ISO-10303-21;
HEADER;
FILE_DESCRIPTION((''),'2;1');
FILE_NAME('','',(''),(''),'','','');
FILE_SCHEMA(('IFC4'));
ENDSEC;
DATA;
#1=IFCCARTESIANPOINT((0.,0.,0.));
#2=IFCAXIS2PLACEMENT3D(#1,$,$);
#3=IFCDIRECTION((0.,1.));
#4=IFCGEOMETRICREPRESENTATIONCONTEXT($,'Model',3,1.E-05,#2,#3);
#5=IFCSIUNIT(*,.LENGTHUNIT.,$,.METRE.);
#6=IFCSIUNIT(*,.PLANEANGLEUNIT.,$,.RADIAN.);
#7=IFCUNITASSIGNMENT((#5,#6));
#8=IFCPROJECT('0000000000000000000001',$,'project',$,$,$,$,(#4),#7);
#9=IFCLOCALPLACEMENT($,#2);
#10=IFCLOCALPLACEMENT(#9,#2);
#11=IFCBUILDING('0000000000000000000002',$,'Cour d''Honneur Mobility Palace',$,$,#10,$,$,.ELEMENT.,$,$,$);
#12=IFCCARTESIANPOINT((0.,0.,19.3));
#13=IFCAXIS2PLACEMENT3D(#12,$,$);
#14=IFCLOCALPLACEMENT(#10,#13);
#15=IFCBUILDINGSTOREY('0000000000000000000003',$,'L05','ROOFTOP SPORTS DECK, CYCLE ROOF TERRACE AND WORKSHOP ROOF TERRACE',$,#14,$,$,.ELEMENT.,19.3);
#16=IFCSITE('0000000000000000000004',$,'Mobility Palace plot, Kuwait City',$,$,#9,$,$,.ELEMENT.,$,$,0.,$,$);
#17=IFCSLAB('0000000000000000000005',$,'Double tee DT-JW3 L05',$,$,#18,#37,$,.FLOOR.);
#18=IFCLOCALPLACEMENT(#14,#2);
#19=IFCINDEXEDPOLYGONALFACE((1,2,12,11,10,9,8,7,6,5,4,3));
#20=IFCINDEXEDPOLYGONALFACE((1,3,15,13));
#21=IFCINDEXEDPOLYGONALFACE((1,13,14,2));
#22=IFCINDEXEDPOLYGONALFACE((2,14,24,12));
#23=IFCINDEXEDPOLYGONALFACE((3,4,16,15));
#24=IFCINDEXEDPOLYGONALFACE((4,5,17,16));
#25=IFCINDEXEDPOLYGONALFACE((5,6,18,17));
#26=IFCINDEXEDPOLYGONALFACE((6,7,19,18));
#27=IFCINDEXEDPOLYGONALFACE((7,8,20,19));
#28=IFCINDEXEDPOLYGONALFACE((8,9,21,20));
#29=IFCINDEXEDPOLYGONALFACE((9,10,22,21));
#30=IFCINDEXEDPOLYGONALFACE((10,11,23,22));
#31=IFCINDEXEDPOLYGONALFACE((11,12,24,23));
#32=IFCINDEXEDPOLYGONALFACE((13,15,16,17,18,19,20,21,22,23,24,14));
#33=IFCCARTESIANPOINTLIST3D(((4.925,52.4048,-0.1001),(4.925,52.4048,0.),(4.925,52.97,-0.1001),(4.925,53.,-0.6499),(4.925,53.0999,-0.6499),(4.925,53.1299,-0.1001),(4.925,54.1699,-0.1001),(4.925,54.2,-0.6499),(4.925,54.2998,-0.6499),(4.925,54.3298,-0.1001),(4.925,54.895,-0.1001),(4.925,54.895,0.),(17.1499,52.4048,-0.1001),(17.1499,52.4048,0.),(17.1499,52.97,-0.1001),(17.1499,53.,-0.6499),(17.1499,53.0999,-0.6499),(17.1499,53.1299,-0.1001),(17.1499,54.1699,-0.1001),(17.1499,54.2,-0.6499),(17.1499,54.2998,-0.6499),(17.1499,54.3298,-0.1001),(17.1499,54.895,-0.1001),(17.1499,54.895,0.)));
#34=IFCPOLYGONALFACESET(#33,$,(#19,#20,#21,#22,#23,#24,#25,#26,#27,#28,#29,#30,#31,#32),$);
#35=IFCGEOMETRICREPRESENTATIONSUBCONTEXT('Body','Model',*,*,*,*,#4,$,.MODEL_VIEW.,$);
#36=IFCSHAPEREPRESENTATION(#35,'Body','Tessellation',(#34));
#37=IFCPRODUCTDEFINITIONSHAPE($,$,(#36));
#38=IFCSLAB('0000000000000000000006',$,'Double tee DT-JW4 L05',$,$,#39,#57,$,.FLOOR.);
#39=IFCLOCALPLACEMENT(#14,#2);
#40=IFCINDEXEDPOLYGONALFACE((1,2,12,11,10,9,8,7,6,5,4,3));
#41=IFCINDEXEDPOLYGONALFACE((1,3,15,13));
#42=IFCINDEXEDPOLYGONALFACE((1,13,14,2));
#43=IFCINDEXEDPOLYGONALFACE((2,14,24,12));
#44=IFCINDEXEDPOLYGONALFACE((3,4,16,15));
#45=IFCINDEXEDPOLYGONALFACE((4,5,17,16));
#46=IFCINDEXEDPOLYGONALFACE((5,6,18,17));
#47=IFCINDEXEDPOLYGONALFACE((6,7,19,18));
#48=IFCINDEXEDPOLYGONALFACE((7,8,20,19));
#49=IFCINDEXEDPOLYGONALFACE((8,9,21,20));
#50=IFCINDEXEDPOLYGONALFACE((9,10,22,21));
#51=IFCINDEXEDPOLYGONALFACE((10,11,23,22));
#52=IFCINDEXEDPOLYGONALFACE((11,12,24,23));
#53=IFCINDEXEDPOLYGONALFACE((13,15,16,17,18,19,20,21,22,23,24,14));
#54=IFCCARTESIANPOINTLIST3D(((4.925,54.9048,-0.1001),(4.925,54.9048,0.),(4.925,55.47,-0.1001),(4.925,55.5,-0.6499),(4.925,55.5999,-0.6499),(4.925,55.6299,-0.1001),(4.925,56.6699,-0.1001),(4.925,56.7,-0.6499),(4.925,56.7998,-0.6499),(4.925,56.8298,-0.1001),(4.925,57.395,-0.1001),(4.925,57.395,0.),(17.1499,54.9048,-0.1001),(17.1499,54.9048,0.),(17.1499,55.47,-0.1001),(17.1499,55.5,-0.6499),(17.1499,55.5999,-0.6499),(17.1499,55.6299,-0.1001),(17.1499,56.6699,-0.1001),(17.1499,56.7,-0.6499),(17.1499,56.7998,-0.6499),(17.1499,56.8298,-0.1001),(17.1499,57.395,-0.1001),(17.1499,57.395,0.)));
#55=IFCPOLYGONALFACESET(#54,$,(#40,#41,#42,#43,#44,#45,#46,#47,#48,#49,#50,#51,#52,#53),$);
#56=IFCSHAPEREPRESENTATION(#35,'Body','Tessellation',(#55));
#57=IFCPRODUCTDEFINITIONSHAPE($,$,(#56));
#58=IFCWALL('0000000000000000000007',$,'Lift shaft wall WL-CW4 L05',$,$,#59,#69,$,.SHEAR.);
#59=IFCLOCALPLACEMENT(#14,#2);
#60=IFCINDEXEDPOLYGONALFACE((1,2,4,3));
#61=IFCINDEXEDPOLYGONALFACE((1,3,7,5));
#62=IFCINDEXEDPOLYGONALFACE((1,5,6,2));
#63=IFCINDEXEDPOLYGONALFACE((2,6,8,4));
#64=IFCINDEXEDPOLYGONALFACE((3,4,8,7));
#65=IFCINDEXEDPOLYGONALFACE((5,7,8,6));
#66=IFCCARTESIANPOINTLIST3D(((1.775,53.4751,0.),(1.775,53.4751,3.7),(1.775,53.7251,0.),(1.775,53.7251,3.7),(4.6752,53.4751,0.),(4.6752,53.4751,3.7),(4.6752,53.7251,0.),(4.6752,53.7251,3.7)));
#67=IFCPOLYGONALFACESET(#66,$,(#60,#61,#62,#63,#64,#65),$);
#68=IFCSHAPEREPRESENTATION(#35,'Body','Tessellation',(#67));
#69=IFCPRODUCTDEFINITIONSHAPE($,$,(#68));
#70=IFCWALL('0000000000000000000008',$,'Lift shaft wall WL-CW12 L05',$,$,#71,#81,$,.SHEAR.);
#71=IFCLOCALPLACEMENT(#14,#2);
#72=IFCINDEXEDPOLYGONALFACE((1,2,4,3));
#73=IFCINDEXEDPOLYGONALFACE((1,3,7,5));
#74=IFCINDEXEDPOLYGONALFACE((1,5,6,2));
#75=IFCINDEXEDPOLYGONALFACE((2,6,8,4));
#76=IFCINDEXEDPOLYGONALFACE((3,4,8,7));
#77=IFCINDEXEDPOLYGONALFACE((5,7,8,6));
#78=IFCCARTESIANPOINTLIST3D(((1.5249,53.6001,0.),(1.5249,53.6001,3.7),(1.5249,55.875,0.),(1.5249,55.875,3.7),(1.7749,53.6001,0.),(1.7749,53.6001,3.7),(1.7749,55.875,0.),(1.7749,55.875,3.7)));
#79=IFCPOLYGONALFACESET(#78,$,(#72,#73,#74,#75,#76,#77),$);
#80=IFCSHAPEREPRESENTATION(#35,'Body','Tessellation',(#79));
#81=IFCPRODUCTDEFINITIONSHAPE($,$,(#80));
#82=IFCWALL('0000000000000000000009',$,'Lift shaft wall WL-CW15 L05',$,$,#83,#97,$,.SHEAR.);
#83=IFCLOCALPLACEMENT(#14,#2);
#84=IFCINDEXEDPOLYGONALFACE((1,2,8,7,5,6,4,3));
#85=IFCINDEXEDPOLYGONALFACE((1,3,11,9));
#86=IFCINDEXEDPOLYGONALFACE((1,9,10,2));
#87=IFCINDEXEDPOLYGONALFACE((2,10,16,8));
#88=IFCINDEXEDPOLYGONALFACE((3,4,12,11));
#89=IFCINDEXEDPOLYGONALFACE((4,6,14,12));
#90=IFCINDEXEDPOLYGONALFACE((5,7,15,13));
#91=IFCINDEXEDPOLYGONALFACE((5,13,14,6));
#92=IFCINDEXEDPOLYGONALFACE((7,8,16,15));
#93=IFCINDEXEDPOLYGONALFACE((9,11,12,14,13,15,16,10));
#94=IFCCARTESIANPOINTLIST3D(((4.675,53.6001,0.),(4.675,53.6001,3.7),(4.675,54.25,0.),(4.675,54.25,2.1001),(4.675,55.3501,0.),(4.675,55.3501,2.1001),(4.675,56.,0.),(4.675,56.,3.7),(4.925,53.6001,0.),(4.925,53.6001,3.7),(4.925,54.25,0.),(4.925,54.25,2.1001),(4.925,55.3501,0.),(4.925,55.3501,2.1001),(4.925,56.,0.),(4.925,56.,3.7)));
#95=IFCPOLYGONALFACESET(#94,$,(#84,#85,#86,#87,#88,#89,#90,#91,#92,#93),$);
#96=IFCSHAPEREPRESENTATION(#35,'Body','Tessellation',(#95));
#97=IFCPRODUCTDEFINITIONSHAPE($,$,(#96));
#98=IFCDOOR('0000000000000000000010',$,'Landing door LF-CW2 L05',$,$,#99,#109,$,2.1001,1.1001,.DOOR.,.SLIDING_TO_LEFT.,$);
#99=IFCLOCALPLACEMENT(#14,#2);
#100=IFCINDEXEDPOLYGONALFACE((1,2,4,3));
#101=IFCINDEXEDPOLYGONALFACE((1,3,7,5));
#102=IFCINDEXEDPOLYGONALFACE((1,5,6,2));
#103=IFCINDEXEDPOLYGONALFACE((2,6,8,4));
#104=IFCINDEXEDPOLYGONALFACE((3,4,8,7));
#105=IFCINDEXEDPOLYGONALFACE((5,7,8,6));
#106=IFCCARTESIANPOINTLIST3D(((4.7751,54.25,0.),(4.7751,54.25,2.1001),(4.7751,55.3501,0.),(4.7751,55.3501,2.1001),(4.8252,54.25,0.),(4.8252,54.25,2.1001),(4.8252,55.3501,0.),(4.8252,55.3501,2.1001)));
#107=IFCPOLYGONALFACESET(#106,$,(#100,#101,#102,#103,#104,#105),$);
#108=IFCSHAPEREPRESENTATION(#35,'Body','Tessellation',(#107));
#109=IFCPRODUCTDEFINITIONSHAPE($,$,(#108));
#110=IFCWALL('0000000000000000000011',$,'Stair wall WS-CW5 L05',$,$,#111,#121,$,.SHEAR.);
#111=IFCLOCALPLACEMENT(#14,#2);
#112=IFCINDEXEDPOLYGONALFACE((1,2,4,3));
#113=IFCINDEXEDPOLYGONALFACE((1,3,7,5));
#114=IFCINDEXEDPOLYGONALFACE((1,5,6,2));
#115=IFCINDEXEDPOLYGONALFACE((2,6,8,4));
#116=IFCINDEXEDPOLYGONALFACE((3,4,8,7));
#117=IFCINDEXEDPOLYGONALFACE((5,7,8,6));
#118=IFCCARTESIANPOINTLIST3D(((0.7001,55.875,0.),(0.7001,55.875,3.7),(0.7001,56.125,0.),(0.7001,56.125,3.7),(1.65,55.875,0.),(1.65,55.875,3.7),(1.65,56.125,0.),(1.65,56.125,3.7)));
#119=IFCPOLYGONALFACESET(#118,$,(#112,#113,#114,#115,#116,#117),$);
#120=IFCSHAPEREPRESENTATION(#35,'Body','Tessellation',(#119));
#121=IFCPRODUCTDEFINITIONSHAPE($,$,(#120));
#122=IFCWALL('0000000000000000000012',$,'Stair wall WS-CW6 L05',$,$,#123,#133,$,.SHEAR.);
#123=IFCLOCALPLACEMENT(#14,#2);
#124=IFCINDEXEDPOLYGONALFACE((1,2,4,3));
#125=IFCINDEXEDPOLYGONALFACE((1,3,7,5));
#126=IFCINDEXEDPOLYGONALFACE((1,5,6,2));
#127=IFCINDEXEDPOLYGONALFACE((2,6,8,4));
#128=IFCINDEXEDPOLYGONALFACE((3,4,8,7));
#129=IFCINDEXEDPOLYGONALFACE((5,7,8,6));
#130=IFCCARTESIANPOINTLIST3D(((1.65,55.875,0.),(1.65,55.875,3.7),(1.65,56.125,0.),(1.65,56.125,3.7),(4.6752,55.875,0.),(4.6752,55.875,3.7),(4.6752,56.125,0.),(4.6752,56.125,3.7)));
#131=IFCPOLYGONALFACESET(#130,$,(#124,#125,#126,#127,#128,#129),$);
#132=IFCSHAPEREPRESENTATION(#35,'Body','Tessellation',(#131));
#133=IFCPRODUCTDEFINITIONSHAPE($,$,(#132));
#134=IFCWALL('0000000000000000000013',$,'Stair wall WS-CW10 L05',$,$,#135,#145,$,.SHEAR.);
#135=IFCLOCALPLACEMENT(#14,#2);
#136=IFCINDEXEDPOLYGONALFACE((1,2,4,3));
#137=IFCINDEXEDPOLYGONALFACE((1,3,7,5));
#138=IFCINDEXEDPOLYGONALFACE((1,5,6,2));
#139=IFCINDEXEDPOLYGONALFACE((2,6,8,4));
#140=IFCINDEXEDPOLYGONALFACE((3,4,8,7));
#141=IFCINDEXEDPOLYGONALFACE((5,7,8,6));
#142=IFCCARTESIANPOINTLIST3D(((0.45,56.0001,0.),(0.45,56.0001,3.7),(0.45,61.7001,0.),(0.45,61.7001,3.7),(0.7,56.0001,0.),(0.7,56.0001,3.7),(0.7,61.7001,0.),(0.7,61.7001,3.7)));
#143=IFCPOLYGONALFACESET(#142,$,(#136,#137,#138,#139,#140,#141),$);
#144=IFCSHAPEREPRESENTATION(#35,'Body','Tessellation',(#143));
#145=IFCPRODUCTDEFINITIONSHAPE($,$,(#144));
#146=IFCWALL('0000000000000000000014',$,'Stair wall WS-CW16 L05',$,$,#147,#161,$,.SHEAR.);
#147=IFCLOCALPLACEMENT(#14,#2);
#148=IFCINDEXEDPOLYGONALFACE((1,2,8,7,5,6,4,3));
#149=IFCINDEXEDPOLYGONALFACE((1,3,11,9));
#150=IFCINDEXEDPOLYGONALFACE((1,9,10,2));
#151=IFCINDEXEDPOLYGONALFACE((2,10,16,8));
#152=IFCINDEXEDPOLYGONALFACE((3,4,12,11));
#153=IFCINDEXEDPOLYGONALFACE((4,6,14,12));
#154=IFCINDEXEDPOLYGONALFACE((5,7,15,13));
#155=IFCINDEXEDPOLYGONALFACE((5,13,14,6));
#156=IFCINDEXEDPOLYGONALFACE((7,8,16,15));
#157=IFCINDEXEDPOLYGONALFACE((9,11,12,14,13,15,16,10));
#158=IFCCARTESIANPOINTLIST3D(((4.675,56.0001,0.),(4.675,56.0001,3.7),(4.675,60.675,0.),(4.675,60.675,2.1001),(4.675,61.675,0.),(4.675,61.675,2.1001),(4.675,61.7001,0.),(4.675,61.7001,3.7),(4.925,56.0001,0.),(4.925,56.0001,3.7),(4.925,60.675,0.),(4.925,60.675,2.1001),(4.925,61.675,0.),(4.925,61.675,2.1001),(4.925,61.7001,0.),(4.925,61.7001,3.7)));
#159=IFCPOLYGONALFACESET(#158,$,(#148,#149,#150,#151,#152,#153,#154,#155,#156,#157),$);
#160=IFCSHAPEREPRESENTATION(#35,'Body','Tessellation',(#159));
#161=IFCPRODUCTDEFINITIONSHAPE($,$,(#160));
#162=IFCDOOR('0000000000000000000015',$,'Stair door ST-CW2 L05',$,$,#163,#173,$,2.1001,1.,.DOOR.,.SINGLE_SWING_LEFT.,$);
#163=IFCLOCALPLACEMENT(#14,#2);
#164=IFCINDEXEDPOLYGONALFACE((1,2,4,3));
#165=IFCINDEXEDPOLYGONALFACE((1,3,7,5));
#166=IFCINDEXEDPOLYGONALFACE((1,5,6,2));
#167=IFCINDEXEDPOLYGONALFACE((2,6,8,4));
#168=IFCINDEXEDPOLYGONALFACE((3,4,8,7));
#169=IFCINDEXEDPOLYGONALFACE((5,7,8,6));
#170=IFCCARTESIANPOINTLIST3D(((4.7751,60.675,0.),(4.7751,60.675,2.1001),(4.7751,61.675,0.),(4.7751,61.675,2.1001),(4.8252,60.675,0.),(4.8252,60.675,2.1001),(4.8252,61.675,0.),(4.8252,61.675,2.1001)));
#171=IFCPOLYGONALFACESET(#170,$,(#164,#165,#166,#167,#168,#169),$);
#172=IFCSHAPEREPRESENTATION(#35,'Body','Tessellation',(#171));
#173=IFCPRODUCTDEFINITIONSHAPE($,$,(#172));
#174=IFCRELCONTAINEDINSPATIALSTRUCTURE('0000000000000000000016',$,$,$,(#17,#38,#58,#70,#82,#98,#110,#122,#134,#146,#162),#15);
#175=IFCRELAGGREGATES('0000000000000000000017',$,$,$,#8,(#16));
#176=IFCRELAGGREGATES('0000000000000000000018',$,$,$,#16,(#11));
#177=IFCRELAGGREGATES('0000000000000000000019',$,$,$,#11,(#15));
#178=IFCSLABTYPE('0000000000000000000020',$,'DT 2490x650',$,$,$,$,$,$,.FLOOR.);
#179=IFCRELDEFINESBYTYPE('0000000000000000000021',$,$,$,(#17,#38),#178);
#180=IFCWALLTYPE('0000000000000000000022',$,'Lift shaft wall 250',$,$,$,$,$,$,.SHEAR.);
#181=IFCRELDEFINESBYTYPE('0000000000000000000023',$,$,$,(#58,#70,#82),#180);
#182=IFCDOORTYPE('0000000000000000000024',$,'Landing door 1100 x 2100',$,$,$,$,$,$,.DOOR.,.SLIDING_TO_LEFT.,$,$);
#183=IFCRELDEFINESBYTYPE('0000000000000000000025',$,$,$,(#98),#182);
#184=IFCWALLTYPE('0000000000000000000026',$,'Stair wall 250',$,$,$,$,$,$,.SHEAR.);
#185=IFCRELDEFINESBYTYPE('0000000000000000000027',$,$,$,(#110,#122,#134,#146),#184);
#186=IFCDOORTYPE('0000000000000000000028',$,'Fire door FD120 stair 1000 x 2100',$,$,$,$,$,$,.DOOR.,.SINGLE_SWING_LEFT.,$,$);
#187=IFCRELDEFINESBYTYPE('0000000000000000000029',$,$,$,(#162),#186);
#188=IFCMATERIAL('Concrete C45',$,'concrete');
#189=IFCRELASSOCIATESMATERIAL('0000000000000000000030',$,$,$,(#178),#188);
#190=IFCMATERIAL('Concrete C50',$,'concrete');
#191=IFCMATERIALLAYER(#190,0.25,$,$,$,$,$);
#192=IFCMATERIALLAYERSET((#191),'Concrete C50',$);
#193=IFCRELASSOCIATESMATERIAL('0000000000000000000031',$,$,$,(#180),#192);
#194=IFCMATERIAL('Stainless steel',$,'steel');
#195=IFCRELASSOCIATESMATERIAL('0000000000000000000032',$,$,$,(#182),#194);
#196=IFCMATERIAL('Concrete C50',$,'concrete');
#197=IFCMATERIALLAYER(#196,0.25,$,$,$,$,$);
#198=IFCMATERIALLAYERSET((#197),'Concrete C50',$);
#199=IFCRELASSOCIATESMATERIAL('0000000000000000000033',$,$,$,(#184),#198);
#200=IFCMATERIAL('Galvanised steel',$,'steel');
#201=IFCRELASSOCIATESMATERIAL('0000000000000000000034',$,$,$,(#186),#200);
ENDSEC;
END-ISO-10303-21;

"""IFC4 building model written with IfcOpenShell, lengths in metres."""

from ifc_helpers import new_model, si_unit, direction, frame, frame_2d, origin, place, context, subcontext, project, spatial, polyline, rectangle, outline, extrude, material, layer, layer_set, material_profile, profile_set, type_object, element, fill, save


model = new_model("IFC4")

# Units and contexts
model_context = context("Model", 3, precision=1e-05, world=origin(), true_north=direction((0.0, 1.0)))
body_context = subcontext(model_context, "Body", "Model", "MODEL_VIEW")
ifc_project = project(units=[si_unit("LENGTHUNIT", "METRE"), si_unit("PLANEANGLEUNIT", "RADIAN")], contexts=[model_context])

# Site, building, storey
site_placement = place(None, origin())
site = spatial("IfcSite", under=ifc_project, at=site_placement, Name="Mobility Palace plot, Kuwait City", CompositionType="ELEMENT", RefElevation=0.0)
building_placement = place(site_placement, origin())
building = spatial("IfcBuilding", under=site, at=building_placement, Name="Cour d'Honneur Mobility Palace", CompositionType="ELEMENT")
storey_placement = place(building_placement, frame((0.0, 0.0, 19.3)))
storey = spatial("IfcBuildingStorey", under=building, at=storey_placement, Name="L05", Description="ROOFTOP SPORTS DECK, CYCLE ROOF TERRACE AND WORKSHOP ROOF TERRACE", CompositionType="ELEMENT", Elevation=19.3)

# Slabs
ifc_material_1 = material(Name="Concrete C45", Category="concrete")
ifc_material_profile_1 = material_profile(ifc_material_1, outline(polyline([(-1.2451, 0.0), (1.2451, 0.0), (1.2451, -0.1001), (0.6799, -0.1001), (0.6499, -0.6499), (0.55, -0.6499), (0.52, -0.1001), (-0.52, -0.1001), (-0.55, -0.6499), (-0.6499, -0.6499), (-0.6799, -0.1001), (-1.2451, -0.1001), (-1.2451, 0.0)])), Name="DT 2490x650")
ifc_profile_set_1 = profile_set([ifc_material_profile_1], Name="Concrete C45")
slab_type = type_object("IfcSlabType", Name="DT 2490x650", PredefinedType="FLOOR", material=ifc_profile_set_1)
for number, where, z_axis, x_axis, name in (
    (1, (4.925, 53.6499, 0.0), (1.0, 0.0, 0.0), (0.0, 1.0, 0.0), "Double tee DT-JW3 L05"),
    (2, (4.925, 56.1499, 0.0), (1.0, 0.0, 0.0), (0.0, 1.0, 0.0), "Double tee DT-JW4 L05"),
):
    element("IfcSlab", number, at=place(storey_placement, frame(where, z_axis=z_axis, x_axis=x_axis)), inside=storey, type_object=slab_type, Name=name, PredefinedType="FLOOR", context=body_context, shape_type="SweptSolid", body=[
        extrude(outline(polyline([(-1.2451, 0.0), (1.2451, 0.0), (1.2451, -0.1001), (0.6799, -0.1001), (0.6499, -0.6499), (0.55, -0.6499), (0.52, -0.1001), (-0.52, -0.1001), (-0.55, -0.6499), (-0.6499, -0.6499), (-0.6799, -0.1001), (-1.2451, -0.1001), (-1.2451, 0.0)])), origin(), (0.0, 0.0, 1.0), 12.2249),
    ])

# Walls
ifc_material_2 = material(Name="Concrete C50", Category="concrete")
ifc_layer_1 = layer(ifc_material_2, 0.25)
ifc_layer_set_1 = layer_set([ifc_layer_1], Name="Concrete C50")
wall_type_1 = type_object("IfcWallType", Name="Lift shaft wall 250", PredefinedType="SHEAR", material=ifc_layer_set_1)
wall_1_placement = place(storey_placement, frame((1.7749, 53.6001, 0.0), z_axis=(0.0, 0.0, 1.0), x_axis=(1.0, 0.0, 0.0)))
element("IfcWall", 3, at=wall_1_placement, inside=storey, type_object=wall_type_1, Name="Lift shaft wall WL-CW4 L05", PredefinedType="SHEAR", context=body_context, shape_type="SweptSolid", body=[
    extrude(rectangle(XDim=2.9001, YDim=0.25, at=frame_2d((1.4502, 0.0))), origin(), (0.0, 0.0, 1.0), 3.7),
])
wall_2_placement = place(storey_placement, frame((1.6499, 53.6001, 0.0), z_axis=(0.0, 0.0, 1.0), x_axis=(0.0, 1.0, 0.0)))
element("IfcWall", 4, at=wall_2_placement, inside=storey, type_object=wall_type_1, Name="Lift shaft wall WL-CW12 L05", PredefinedType="SHEAR", context=body_context, shape_type="SweptSolid", body=[
    extrude(rectangle(XDim=2.2749, YDim=0.25, at=frame_2d((1.1375, 0.0))), origin(), (0.0, 0.0, 1.0), 3.7),
])

# Wall, opening, door
wall_3_placement = place(storey_placement, frame((4.8, 53.6001, 0.0), z_axis=(0.0, 0.0, 1.0), x_axis=(0.0, 1.0, 0.0)))
wall_3 = element("IfcWall", 5, at=wall_3_placement, inside=storey, type_object=wall_type_1, Name="Lift shaft wall WL-CW15 L05", PredefinedType="SHEAR", context=body_context, shape_type="SweptSolid", body=[
    extrude(rectangle(XDim=2.3999, YDim=0.25, at=frame_2d((1.2, 0.0))), origin(), (0.0, 0.0, 1.0), 3.7),
])
opening_1_placement = place(wall_3_placement, frame((0.6499, 0.0, 0.0)))
opening_1 = element("IfcOpeningElement", 6, at=opening_1_placement, cuts=wall_3, PredefinedType="OPENING", context=body_context, shape_type="SweptSolid", body=[
    extrude(rectangle(XDim=1.1001, YDim=2.1001, at=frame_2d((0.55, 1.05))), frame((0.0, 0.135, 0.0), z_axis=(0.0, -1.0, 0.0), x_axis=(1.0, 0.0, 0.0)), (0.0, 0.0, 1.0), 0.27),
])
ifc_material_3 = material(Name="Stainless steel", Category="steel")
door_type_1 = type_object("IfcDoorType", Name="Landing door 1100 x 2100", OperationType="SLIDING_TO_LEFT", PredefinedType="DOOR", material=ifc_material_3)
door_1_placement = place(opening_1_placement, origin())
door_1 = element("IfcDoor", 7, at=door_1_placement, inside=storey, type_object=door_type_1, Name="Landing door LF-CW2 L05", OperationType="SLIDING_TO_LEFT", OverallHeight=2.1001, OverallWidth=1.1001, PredefinedType="DOOR", context=body_context, shape_type="SweptSolid", body=[
    extrude(rectangle(XDim=1.1001, YDim=2.1001, at=frame_2d((0.55, 1.05))), frame((0.0, 0.0249, 0.0), z_axis=(0.0, -1.0, 0.0), x_axis=(1.0, 0.0, 0.0)), (0.0, 0.0, 1.0), 0.05),
])
fill(opening_1, door_1)

# Walls
ifc_material_4 = material(Name="Concrete C50", Category="concrete")
ifc_layer_2 = layer(ifc_material_4, 0.25)
ifc_layer_set_2 = layer_set([ifc_layer_2], Name="Concrete C50")
wall_type_2 = type_object("IfcWallType", Name="Stair wall 250", PredefinedType="SHEAR", material=ifc_layer_set_2)
wall_4_placement = place(storey_placement, frame((0.7, 56.0, 0.0), z_axis=(0.0, 0.0, 1.0), x_axis=(1.0, 0.0, 0.0)))
element("IfcWall", 8, at=wall_4_placement, inside=storey, type_object=wall_type_2, Name="Stair wall WS-CW5 L05", PredefinedType="SHEAR", context=body_context, shape_type="SweptSolid", body=[
    extrude(rectangle(XDim=0.95, YDim=0.25, at=frame_2d((0.4751, 0.0))), origin(), (0.0, 0.0, 1.0), 3.7),
])
wall_5_placement = place(storey_placement, frame((1.6499, 56.0, 0.0), z_axis=(0.0, 0.0, 1.0), x_axis=(1.0, 0.0, 0.0)))
element("IfcWall", 9, at=wall_5_placement, inside=storey, type_object=wall_type_2, Name="Stair wall WS-CW6 L05", PredefinedType="SHEAR", context=body_context, shape_type="SweptSolid", body=[
    extrude(rectangle(XDim=3.0251, YDim=0.25, at=frame_2d((1.5127, 0.0))), origin(), (0.0, 0.0, 1.0), 3.7),
])
wall_6_placement = place(storey_placement, frame((0.575, 56.0, 0.0), z_axis=(0.0, 0.0, 1.0), x_axis=(0.0, 1.0, 0.0)))
element("IfcWall", 10, at=wall_6_placement, inside=storey, type_object=wall_type_2, Name="Stair wall WS-CW10 L05", PredefinedType="SHEAR", context=body_context, shape_type="SweptSolid", body=[
    extrude(rectangle(XDim=5.7, YDim=0.25, at=frame_2d((2.8501, 0.0))), origin(), (0.0, 0.0, 1.0), 3.7),
])

# Wall, opening, door
wall_7_placement = place(storey_placement, frame((4.8, 56.0, 0.0), z_axis=(0.0, 0.0, 1.0), x_axis=(0.0, 1.0, 0.0)))
wall_7 = element("IfcWall", 11, at=wall_7_placement, inside=storey, type_object=wall_type_2, Name="Stair wall WS-CW16 L05", PredefinedType="SHEAR", context=body_context, shape_type="SweptSolid", body=[
    extrude(rectangle(XDim=5.7, YDim=0.25, at=frame_2d((2.8501, 0.0))), origin(), (0.0, 0.0, 1.0), 3.7),
])
opening_2_placement = place(wall_7_placement, frame((4.675, 0.0, 0.0)))
opening_2 = element("IfcOpeningElement", 12, at=opening_2_placement, cuts=wall_7, PredefinedType="OPENING", context=body_context, shape_type="SweptSolid", body=[
    extrude(rectangle(XDim=1.0, YDim=2.1001, at=frame_2d((0.5, 1.05))), frame((0.0, 0.135, 0.0), z_axis=(0.0, -1.0, 0.0), x_axis=(1.0, 0.0, 0.0)), (0.0, 0.0, 1.0), 0.27),
])
ifc_material_5 = material(Name="Galvanised steel", Category="steel")
door_type_2 = type_object("IfcDoorType", Name="Fire door FD120 stair 1000 x 2100", OperationType="SINGLE_SWING_LEFT", PredefinedType="DOOR", material=ifc_material_5)
door_2_placement = place(opening_2_placement, origin())
door_2 = element("IfcDoor", 13, at=door_2_placement, inside=storey, type_object=door_type_2, Name="Stair door ST-CW2 L05", OperationType="SINGLE_SWING_LEFT", OverallHeight=2.1001, OverallWidth=1.0, PredefinedType="DOOR", context=body_context, shape_type="SweptSolid", body=[
    extrude(rectangle(XDim=1.0, YDim=2.1001, at=frame_2d((0.5, 1.05))), frame((0.0, 0.0249, 0.0), z_axis=(0.0, -1.0, 0.0), x_axis=(1.0, 0.0, 0.0)), (0.0, 0.0, 1.0), 0.05),
])
fill(opening_2, door_2)

save(model, "model.ifc")
